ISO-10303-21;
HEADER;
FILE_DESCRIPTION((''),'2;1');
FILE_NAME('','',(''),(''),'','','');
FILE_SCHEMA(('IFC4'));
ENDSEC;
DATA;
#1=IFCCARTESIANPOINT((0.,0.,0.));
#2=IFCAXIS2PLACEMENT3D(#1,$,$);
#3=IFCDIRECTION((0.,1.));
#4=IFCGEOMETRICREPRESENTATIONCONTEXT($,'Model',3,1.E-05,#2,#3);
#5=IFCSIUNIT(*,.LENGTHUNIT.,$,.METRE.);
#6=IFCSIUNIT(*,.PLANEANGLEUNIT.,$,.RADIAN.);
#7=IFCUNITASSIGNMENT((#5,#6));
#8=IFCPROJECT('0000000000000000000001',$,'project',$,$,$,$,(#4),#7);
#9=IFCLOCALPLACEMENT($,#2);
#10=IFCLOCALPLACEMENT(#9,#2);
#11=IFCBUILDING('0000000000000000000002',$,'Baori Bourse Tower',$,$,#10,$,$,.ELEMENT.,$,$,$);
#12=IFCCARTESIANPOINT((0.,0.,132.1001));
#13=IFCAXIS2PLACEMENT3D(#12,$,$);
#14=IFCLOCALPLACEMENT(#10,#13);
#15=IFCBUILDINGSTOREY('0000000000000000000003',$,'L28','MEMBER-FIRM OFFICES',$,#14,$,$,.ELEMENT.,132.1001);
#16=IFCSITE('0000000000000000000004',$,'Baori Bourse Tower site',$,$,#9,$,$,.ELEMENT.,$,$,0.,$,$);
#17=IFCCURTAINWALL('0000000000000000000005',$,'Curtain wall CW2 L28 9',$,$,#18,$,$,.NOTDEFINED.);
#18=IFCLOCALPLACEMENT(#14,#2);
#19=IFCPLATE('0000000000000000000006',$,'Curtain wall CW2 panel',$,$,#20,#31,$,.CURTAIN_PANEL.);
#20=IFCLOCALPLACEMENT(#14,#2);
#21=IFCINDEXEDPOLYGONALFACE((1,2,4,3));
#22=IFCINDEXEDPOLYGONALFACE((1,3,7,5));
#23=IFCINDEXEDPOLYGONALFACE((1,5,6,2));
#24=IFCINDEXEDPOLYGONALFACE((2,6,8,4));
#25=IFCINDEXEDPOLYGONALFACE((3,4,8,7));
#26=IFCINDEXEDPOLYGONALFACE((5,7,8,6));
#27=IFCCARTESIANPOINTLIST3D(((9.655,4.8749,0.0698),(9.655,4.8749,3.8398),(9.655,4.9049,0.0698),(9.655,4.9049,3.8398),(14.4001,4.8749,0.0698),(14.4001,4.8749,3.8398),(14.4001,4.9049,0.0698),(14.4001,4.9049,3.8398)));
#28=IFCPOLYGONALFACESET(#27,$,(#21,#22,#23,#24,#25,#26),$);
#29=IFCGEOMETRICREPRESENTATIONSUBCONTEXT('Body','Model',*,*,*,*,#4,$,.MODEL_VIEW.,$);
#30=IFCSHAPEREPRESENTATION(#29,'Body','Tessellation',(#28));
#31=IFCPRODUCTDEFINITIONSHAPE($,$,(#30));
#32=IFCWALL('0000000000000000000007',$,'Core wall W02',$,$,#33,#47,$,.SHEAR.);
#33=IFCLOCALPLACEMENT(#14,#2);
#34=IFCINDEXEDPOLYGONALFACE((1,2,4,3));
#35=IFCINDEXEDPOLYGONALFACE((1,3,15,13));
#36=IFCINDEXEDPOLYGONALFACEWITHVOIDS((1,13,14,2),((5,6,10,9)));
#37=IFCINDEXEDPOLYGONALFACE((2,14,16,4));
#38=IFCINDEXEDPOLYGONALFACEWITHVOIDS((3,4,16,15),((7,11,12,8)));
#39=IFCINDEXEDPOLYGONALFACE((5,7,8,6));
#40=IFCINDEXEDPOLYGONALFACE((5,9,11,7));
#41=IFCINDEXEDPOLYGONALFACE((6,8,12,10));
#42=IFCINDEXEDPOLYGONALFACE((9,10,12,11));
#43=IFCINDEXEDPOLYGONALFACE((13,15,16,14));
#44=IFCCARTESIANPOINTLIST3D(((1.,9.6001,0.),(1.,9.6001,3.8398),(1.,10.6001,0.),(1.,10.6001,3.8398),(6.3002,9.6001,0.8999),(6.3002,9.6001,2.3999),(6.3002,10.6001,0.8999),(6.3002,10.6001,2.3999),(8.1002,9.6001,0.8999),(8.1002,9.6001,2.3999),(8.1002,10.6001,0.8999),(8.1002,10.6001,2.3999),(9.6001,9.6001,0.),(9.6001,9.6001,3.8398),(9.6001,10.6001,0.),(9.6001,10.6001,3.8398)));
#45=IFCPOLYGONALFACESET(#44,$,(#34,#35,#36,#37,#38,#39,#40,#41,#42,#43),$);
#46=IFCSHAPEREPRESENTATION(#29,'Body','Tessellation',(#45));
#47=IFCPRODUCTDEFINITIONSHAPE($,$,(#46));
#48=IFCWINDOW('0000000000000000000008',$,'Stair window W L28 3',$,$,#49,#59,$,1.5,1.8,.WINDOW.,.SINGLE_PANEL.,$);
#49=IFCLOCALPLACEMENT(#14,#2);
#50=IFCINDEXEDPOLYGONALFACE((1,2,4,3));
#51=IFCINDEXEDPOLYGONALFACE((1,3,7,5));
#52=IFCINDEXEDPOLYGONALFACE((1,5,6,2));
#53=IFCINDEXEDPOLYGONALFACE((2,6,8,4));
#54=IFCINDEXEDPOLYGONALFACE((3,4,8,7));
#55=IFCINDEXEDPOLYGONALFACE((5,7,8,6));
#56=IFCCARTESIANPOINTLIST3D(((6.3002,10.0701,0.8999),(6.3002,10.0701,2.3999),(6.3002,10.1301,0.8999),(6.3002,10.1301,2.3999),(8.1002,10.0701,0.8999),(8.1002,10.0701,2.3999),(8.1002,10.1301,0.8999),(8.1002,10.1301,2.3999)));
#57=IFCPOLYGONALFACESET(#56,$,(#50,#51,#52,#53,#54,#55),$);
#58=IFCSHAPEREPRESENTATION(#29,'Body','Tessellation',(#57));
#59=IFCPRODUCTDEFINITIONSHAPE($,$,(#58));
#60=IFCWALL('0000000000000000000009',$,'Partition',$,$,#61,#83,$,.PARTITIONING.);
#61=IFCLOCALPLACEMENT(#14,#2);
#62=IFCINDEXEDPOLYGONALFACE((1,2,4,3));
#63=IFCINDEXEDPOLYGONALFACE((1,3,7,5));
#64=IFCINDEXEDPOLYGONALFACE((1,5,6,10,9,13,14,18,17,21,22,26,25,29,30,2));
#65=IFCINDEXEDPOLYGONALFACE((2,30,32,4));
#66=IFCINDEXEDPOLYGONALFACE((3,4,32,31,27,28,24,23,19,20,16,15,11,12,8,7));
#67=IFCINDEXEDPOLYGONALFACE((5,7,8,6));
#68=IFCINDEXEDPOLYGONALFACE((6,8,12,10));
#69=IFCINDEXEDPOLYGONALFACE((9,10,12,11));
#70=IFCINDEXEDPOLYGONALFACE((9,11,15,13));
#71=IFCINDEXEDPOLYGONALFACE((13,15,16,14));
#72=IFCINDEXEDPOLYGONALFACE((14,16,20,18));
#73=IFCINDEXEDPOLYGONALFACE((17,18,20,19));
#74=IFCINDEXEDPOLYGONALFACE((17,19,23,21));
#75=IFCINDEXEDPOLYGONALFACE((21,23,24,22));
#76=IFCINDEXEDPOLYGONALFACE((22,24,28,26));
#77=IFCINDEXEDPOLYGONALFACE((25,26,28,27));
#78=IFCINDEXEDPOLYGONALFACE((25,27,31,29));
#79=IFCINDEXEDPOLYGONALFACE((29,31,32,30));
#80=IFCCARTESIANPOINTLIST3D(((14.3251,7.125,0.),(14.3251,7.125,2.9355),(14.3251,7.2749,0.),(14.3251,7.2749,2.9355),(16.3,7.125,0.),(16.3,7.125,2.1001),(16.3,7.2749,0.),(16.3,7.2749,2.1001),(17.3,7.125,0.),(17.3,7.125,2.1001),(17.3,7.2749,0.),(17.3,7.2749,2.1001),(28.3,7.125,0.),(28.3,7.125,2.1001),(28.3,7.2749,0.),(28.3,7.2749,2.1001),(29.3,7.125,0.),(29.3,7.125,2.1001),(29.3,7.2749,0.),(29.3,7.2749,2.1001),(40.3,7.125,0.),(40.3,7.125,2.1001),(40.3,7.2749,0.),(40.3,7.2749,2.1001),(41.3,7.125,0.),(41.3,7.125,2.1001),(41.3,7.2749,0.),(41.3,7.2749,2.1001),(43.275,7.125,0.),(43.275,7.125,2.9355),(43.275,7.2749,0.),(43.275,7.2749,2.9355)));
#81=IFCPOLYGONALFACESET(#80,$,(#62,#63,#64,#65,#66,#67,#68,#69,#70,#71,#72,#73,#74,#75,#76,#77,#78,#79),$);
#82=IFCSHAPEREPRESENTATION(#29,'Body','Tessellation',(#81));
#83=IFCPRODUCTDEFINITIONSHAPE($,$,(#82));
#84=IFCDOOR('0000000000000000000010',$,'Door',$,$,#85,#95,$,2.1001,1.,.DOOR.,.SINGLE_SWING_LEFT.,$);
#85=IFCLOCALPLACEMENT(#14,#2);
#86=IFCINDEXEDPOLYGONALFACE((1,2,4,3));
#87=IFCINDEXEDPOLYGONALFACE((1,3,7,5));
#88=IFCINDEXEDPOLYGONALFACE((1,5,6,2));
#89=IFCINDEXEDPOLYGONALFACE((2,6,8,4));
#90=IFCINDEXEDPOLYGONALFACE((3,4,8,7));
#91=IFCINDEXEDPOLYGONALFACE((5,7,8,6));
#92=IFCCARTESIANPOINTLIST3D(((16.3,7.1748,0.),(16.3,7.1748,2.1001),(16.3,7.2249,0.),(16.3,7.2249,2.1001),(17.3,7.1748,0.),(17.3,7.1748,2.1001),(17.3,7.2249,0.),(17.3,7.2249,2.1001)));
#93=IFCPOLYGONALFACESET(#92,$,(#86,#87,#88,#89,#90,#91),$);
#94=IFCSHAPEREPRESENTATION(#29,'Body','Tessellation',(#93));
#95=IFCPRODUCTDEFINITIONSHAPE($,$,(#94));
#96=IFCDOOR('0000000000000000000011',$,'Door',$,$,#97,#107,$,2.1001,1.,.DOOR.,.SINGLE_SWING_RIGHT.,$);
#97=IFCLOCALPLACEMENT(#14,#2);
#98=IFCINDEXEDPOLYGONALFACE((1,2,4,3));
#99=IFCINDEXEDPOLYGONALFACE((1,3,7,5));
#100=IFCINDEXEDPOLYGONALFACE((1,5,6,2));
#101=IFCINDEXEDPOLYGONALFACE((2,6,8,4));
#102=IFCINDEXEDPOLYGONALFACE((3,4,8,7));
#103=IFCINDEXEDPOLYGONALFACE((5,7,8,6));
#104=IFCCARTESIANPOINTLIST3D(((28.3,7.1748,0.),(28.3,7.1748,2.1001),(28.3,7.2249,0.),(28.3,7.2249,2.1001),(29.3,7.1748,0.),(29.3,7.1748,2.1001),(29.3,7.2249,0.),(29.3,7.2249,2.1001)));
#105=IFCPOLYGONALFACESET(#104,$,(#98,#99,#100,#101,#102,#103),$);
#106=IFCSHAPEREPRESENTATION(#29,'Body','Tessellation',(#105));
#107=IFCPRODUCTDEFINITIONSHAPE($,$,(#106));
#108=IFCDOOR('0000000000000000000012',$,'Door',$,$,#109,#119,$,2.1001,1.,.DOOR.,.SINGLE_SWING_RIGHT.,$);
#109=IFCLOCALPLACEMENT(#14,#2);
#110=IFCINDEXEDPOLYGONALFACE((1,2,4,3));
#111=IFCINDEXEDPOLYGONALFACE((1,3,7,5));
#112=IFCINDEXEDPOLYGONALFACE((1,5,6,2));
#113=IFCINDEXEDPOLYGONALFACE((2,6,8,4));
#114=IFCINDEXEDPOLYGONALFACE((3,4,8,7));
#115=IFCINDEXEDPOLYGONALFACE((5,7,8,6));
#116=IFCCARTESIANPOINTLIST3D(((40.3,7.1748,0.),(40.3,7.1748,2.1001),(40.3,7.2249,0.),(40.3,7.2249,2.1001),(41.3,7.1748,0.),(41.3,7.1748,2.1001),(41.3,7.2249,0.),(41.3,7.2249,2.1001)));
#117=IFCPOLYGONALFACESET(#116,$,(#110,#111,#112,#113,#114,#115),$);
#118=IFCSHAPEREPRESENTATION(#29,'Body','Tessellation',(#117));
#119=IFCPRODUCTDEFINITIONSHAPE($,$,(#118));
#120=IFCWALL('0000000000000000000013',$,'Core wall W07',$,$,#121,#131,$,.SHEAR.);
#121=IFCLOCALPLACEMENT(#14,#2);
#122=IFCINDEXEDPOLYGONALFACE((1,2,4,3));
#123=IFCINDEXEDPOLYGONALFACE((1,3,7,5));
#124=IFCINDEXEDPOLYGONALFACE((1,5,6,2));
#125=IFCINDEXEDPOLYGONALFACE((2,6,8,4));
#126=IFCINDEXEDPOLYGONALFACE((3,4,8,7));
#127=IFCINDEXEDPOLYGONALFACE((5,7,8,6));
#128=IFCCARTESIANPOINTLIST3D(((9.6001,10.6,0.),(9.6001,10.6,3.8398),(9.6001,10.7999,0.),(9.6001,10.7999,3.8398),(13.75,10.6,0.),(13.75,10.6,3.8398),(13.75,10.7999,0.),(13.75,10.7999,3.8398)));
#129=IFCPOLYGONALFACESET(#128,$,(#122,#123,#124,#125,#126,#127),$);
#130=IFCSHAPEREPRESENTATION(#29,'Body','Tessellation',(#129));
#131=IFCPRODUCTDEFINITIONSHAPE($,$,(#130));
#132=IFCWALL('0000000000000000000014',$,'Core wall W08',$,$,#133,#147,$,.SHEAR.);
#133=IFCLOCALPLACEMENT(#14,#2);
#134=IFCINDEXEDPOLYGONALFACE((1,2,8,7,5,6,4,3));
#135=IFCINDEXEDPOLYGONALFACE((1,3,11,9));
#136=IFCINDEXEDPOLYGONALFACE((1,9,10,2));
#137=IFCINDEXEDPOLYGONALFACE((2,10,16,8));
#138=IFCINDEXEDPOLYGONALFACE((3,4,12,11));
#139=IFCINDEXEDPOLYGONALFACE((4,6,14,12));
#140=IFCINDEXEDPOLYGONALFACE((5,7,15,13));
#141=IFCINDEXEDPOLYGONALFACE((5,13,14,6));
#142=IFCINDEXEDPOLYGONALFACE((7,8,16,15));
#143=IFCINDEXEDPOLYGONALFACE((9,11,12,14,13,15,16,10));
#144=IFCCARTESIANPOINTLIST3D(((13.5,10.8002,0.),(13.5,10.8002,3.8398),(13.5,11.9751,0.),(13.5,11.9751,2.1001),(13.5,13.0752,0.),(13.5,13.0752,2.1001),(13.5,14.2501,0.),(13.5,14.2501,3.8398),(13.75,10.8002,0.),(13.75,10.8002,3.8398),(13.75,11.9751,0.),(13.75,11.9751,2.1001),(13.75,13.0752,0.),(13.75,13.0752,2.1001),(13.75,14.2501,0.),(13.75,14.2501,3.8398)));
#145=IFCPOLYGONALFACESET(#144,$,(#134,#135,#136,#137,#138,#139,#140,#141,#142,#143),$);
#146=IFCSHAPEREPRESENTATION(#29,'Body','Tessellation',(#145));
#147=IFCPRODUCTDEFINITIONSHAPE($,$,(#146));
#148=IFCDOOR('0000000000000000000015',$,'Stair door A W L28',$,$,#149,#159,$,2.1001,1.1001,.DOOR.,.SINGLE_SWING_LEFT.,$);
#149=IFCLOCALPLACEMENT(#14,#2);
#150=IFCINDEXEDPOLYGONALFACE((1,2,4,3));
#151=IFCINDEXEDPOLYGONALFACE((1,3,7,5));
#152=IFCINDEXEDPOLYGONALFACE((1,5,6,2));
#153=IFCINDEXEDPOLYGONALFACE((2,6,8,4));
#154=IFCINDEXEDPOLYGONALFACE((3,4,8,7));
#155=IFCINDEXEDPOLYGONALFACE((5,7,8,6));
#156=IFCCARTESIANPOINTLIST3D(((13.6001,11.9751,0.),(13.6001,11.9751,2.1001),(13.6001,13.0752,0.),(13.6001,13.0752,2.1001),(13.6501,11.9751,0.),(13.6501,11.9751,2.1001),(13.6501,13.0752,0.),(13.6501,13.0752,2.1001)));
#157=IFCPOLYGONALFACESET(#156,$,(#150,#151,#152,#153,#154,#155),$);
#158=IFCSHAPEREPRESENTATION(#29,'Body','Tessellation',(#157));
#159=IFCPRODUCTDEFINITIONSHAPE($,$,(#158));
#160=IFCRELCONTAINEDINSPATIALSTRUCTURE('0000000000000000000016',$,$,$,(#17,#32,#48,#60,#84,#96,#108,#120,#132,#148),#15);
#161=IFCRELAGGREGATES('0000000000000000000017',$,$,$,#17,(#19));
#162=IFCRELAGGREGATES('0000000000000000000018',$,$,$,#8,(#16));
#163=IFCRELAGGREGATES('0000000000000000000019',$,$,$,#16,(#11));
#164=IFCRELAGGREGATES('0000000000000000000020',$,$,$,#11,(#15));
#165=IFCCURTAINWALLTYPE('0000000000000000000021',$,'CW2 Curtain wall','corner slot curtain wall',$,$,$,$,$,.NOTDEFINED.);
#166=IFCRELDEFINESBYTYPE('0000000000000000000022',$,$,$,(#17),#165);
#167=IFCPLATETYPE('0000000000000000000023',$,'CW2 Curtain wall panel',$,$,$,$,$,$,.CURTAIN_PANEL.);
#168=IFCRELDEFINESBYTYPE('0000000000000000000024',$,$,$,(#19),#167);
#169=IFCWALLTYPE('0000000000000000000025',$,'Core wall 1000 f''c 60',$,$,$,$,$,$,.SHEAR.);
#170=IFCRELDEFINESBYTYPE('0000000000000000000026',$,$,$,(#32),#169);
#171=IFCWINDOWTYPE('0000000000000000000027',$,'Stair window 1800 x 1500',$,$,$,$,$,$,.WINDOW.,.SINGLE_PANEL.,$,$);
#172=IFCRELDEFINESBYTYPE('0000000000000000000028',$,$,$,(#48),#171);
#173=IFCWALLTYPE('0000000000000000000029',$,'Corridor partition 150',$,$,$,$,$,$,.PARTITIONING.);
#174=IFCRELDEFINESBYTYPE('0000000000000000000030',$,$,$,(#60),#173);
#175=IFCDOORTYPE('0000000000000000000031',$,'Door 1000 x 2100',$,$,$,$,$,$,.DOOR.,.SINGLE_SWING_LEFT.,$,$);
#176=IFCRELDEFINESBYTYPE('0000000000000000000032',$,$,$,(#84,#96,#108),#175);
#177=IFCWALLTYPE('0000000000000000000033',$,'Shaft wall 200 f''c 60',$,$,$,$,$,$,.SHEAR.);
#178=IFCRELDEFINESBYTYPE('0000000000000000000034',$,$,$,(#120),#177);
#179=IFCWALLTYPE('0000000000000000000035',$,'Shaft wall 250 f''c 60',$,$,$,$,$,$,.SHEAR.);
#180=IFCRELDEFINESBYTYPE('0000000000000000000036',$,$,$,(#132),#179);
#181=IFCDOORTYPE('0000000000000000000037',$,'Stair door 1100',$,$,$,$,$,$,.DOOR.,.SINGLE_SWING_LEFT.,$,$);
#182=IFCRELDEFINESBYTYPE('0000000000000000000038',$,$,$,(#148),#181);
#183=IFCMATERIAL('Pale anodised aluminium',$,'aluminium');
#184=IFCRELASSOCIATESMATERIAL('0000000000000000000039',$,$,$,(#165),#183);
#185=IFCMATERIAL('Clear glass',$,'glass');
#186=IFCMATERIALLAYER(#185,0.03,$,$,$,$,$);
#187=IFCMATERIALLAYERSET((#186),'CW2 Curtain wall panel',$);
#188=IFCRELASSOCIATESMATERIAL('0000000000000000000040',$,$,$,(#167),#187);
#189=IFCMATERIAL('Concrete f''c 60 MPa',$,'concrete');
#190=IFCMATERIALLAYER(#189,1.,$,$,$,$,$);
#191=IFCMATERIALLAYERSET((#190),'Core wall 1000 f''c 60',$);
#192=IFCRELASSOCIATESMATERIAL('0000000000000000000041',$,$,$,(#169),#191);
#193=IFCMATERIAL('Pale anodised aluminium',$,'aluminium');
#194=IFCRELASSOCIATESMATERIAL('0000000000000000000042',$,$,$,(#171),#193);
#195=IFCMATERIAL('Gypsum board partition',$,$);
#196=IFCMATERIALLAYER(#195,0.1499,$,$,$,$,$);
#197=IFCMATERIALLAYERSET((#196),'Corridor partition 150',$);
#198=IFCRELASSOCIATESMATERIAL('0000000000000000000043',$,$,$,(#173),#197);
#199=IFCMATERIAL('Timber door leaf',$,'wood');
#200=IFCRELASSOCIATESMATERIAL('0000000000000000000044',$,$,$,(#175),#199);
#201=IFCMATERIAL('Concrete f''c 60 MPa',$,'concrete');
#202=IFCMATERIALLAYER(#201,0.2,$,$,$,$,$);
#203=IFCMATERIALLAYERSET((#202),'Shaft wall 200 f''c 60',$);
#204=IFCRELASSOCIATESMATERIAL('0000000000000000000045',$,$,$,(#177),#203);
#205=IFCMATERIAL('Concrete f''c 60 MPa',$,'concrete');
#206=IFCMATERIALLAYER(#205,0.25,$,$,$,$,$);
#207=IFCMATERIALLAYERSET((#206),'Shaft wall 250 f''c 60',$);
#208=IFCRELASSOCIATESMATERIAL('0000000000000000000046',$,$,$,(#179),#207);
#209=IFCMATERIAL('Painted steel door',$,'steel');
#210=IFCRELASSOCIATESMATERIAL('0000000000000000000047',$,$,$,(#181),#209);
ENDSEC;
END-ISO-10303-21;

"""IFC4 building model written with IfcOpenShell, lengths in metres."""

from ifc_helpers import new_model, si_unit, direction, frame, frame_2d, origin, origin_2d, place, context, subcontext, project, spatial, rectangle, extrude, material, layer, layer_set, type_object, element, fill, aggregate, save


model = new_model("IFC4")

# Units and contexts
model_context = context("Model", 3, precision=1e-05, world=origin(), true_north=direction((0.0, 1.0)))
body_context = subcontext(model_context, "Body", "Model", "MODEL_VIEW")
ifc_project = project(units=[si_unit("LENGTHUNIT", "METRE"), si_unit("PLANEANGLEUNIT", "RADIAN")], contexts=[model_context])

# Site, building, storey
site_placement = place(None, origin())
site = spatial("IfcSite", under=ifc_project, at=site_placement, Name="Baori Bourse Tower site", CompositionType="ELEMENT", RefElevation=0.0)
building_placement = place(site_placement, origin())
building = spatial("IfcBuilding", under=site, at=building_placement, Name="Baori Bourse Tower", CompositionType="ELEMENT")
storey_placement = place(building_placement, frame((0.0, 0.0, 132.1001)))
storey = spatial("IfcBuildingStorey", under=building, at=storey_placement, Name="L28", Description="MEMBER-FIRM OFFICES", CompositionType="ELEMENT", Elevation=132.1001)

# Curtain wall
ifc_material_1 = material(Name="Pale anodised aluminium", Category="aluminium")
curtain_wall_type = type_object("IfcCurtainWallType", Name="CW2 Curtain wall", Description="corner slot curtain wall", PredefinedType="NOTDEFINED", material=ifc_material_1)
curtain_wall_1_placement = place(storey_placement, origin())
curtain_wall_1 = element("IfcCurtainWall", 1, at=curtain_wall_1_placement, inside=storey, type_object=curtain_wall_type, Name="Curtain wall CW2 L28 9", PredefinedType="NOTDEFINED")

# Plate
ifc_material_2 = material(Name="Clear glass", Category="glass")
ifc_layer_1 = layer(ifc_material_2, 0.03)
ifc_layer_set_1 = layer_set([ifc_layer_1], Name="CW2 Curtain wall panel")
plate_type = type_object("IfcPlateType", Name="CW2 Curtain wall panel", PredefinedType="CURTAIN_PANEL", material=ifc_layer_set_1)
plate_1_placement = place(storey_placement, frame((12.0276, 4.8899, 0.0698), z_axis=(0.0, 0.0, 1.0), x_axis=(1.0, 0.0, 0.0)))
plate_1 = element("IfcPlate", 2, at=plate_1_placement, type_object=plate_type, Name="Curtain wall CW2 panel", PredefinedType="CURTAIN_PANEL", context=body_context, shape_type="SweptSolid", body=[
    extrude(rectangle(XDim=4.7451, YDim=0.03, at=origin_2d()), origin(), (0.0, 0.0, 1.0), 3.77),
])
aggregate(curtain_wall_1, [plate_1])

# Wall, opening, window
ifc_material_3 = material(Name="Concrete f'c 60 MPa", Category="concrete")
ifc_layer_2 = layer(ifc_material_3, 1.0)
ifc_layer_set_2 = layer_set([ifc_layer_2], Name="Core wall 1000 f'c 60")
wall_type_1 = type_object("IfcWallType", Name="Core wall 1000 f'c 60", PredefinedType="SHEAR", material=ifc_layer_set_2)
wall_1_placement = place(storey_placement, frame((9.6001, 10.1001, 0.0), z_axis=(0.0, 0.0, 1.0), x_axis=(-1.0, 0.0, 0.0)))
wall_1 = element("IfcWall", 3, at=wall_1_placement, inside=storey, type_object=wall_type_1, Name="Core wall W02", PredefinedType="SHEAR", context=body_context, shape_type="SweptSolid", body=[
    extrude(rectangle(XDim=8.6001, YDim=1.0, at=frame_2d((4.3, 0.0))), origin(), (0.0, 0.0, 1.0), 3.8398),
])
opening_1_placement = place(wall_1_placement, frame((1.5, 0.0, 0.8999)))
opening_1 = element("IfcOpeningElement", 4, at=opening_1_placement, cuts=wall_1, PredefinedType="OPENING", context=body_context, shape_type="SweptSolid", body=[
    extrude(rectangle(XDim=1.8, YDim=1.5, at=frame_2d((0.8999, 0.75))), frame((0.0, 0.51, 0.0), z_axis=(0.0, -1.0, 0.0), x_axis=(1.0, 0.0, 0.0)), (0.0, 0.0, 1.0), 1.02),
])
ifc_material_4 = material(Name="Pale anodised aluminium", Category="aluminium")
window_type = type_object("IfcWindowType", Name="Stair window 1800 x 1500", PartitioningType="SINGLE_PANEL", PredefinedType="WINDOW", material=ifc_material_4)
window_placement = place(opening_1_placement, origin())
window = element("IfcWindow", 5, at=window_placement, inside=storey, type_object=window_type, Name="Stair window W L28 3", OverallHeight=1.5, OverallWidth=1.8, PartitioningType="SINGLE_PANEL", PredefinedType="WINDOW", context=body_context, shape_type="SweptSolid", body=[
    extrude(rectangle(XDim=1.8, YDim=1.5, at=frame_2d((0.8999, 0.75))), frame((0.0, 0.03, 0.0), z_axis=(0.0, -1.0, 0.0), x_axis=(1.0, 0.0, 0.0)), (0.0, 0.0, 1.0), 0.0601),
])
fill(opening_1, window)

# Wall, openings, doors
ifc_material_5 = material(Name="Gypsum board partition")
ifc_layer_3 = layer(ifc_material_5, 0.1499)
ifc_layer_set_3 = layer_set([ifc_layer_3], Name="Corridor partition 150")
wall_type_2 = type_object("IfcWallType", Name="Corridor partition 150", PredefinedType="PARTITIONING", material=ifc_layer_set_3)
wall_2_placement = place(storey_placement, frame((14.325, 7.2, 0.0), z_axis=(0.0, 0.0, 1.0), x_axis=(1.0, 0.0, 0.0)))
wall_2 = element("IfcWall", 6, at=wall_2_placement, inside=storey, type_object=wall_type_2, Name="Partition", PredefinedType="PARTITIONING", context=body_context, shape_type="SweptSolid", body=[
    extrude(rectangle(XDim=28.95, YDim=0.1499, at=frame_2d((14.4751, 0.0))), origin(), (0.0, 0.0, 1.0), 2.9355),
])
opening_2_placement = place(wall_2_placement, frame((1.9751, 0.0, 0.0)))
opening_2 = element("IfcOpeningElement", 7, at=opening_2_placement, cuts=wall_2, PredefinedType="OPENING", context=body_context, shape_type="SweptSolid", body=[
    extrude(rectangle(XDim=1.0, YDim=2.1001, at=frame_2d((0.5, 1.05))), frame((0.0, 0.085, 0.0), z_axis=(0.0, -1.0, 0.0), x_axis=(1.0, 0.0, 0.0)), (0.0, 0.0, 1.0), 0.1699),
])
opening_3_placement = place(wall_2_placement, frame((13.9751, 0.0, 0.0)))
opening_3 = element("IfcOpeningElement", 8, at=opening_3_placement, cuts=wall_2, PredefinedType="OPENING", context=body_context, shape_type="SweptSolid", body=[
    extrude(rectangle(XDim=1.0, YDim=2.1001, at=frame_2d((0.5, 1.05))), frame((0.0, 0.085, 0.0), z_axis=(0.0, -1.0, 0.0), x_axis=(1.0, 0.0, 0.0)), (0.0, 0.0, 1.0), 0.1699),
])
opening_4_placement = place(wall_2_placement, frame((25.9751, 0.0, 0.0)))
opening_4 = element("IfcOpeningElement", 9, at=opening_4_placement, cuts=wall_2, PredefinedType="OPENING", context=body_context, shape_type="SweptSolid", body=[
    extrude(rectangle(XDim=1.0, YDim=2.1001, at=frame_2d((0.5, 1.05))), frame((0.0, 0.085, 0.0), z_axis=(0.0, -1.0, 0.0), x_axis=(1.0, 0.0, 0.0)), (0.0, 0.0, 1.0), 0.1699),
])
ifc_material_6 = material(Name="Timber door leaf", Category="wood")
door_type_1 = type_object("IfcDoorType", Name="Door 1000 x 2100", OperationType="SINGLE_SWING_LEFT", PredefinedType="DOOR", material=ifc_material_6)
door_1_placement = place(opening_2_placement, origin())
door_1 = element("IfcDoor", 10, at=door_1_placement, inside=storey, type_object=door_type_1, Name="Door", OperationType="SINGLE_SWING_LEFT", OverallHeight=2.1001, OverallWidth=1.0, PredefinedType="DOOR", context=body_context, shape_type="SweptSolid", body=[
    extrude(rectangle(XDim=1.0, YDim=2.1001, at=frame_2d((0.5, 1.05))), frame((0.0, 0.0249, 0.0), z_axis=(0.0, -1.0, 0.0), x_axis=(1.0, 0.0, 0.0)), (0.0, 0.0, 1.0), 0.05),
])
fill(opening_2, door_1)
door_2_placement = place(opening_3_placement, origin())
door_2 = element("IfcDoor", 11, at=door_2_placement, inside=storey, type_object=door_type_1, Name="Door", OperationType="SINGLE_SWING_RIGHT", OverallHeight=2.1001, OverallWidth=1.0, PredefinedType="DOOR", context=body_context, shape_type="SweptSolid", body=[
    extrude(rectangle(XDim=1.0, YDim=2.1001, at=frame_2d((0.5, 1.05))), frame((0.0, 0.0249, 0.0), z_axis=(0.0, -1.0, 0.0), x_axis=(1.0, 0.0, 0.0)), (0.0, 0.0, 1.0), 0.05),
])
fill(opening_3, door_2)
door_3_placement = place(opening_4_placement, origin())
door_3 = element("IfcDoor", 12, at=door_3_placement, inside=storey, type_object=door_type_1, Name="Door", OperationType="SINGLE_SWING_RIGHT", OverallHeight=2.1001, OverallWidth=1.0, PredefinedType="DOOR", context=body_context, shape_type="SweptSolid", body=[
    extrude(rectangle(XDim=1.0, YDim=2.1001, at=frame_2d((0.5, 1.05))), frame((0.0, 0.0249, 0.0), z_axis=(0.0, -1.0, 0.0), x_axis=(1.0, 0.0, 0.0)), (0.0, 0.0, 1.0), 0.05),
])
fill(opening_4, door_3)

# Wall
ifc_material_7 = material(Name="Concrete f'c 60 MPa", Category="concrete")
ifc_layer_4 = layer(ifc_material_7, 0.2)
ifc_layer_set_4 = layer_set([ifc_layer_4], Name="Shaft wall 200 f'c 60")
wall_type_3 = type_object("IfcWallType", Name="Shaft wall 200 f'c 60", PredefinedType="SHEAR", material=ifc_layer_set_4)
wall_3_placement = place(storey_placement, frame((9.6001, 10.7, 0.0), z_axis=(0.0, 0.0, 1.0), x_axis=(1.0, 0.0, 0.0)))
element("IfcWall", 13, at=wall_3_placement, inside=storey, type_object=wall_type_3, Name="Core wall W07", PredefinedType="SHEAR", context=body_context, shape_type="SweptSolid", body=[
    extrude(rectangle(XDim=4.1499, YDim=0.2, at=frame_2d((2.075, 0.0))), origin(), (0.0, 0.0, 1.0), 3.8398),
])

# Wall, opening, door
ifc_material_8 = material(Name="Concrete f'c 60 MPa", Category="concrete")
ifc_layer_5 = layer(ifc_material_8, 0.25)
ifc_layer_set_5 = layer_set([ifc_layer_5], Name="Shaft wall 250 f'c 60")
wall_type_4 = type_object("IfcWallType", Name="Shaft wall 250 f'c 60", PredefinedType="SHEAR", material=ifc_layer_set_5)
wall_4_placement = place(storey_placement, frame((13.625, 10.8, 0.0), z_axis=(0.0, 0.0, 1.0), x_axis=(0.0, 1.0, 0.0)))
wall_4 = element("IfcWall", 14, at=wall_4_placement, inside=storey, type_object=wall_type_4, Name="Core wall W08", PredefinedType="SHEAR", context=body_context, shape_type="SweptSolid", body=[
    extrude(rectangle(XDim=3.45, YDim=0.25, at=frame_2d((1.7251, 0.0))), origin(), (0.0, 0.0, 1.0), 3.8398),
])
opening_5_placement = place(wall_4_placement, frame((1.175, 0.0, 0.0)))
opening_5 = element("IfcOpeningElement", 15, at=opening_5_placement, cuts=wall_4, PredefinedType="OPENING", context=body_context, shape_type="SweptSolid", body=[
    extrude(rectangle(XDim=1.1001, YDim=2.1001, at=frame_2d((0.55, 1.05))), frame((0.0, 0.135, 0.0), z_axis=(0.0, -1.0, 0.0), x_axis=(1.0, 0.0, 0.0)), (0.0, 0.0, 1.0), 0.27),
])
ifc_material_9 = material(Name="Painted steel door", Category="steel")
door_type_2 = type_object("IfcDoorType", Name="Stair door 1100", OperationType="SINGLE_SWING_LEFT", PredefinedType="DOOR", material=ifc_material_9)
door_4_placement = place(opening_5_placement, origin())
door_4 = element("IfcDoor", 16, at=door_4_placement, inside=storey, type_object=door_type_2, Name="Stair door A W L28", OperationType="SINGLE_SWING_LEFT", OverallHeight=2.1001, OverallWidth=1.1001, PredefinedType="DOOR", context=body_context, shape_type="SweptSolid", body=[
    extrude(rectangle(XDim=1.1001, YDim=2.1001, at=frame_2d((0.55, 1.05))), frame((0.0, 0.0249, 0.0), z_axis=(0.0, -1.0, 0.0), x_axis=(1.0, 0.0, 0.0)), (0.0, 0.0, 1.0), 0.05),
])
fill(opening_5, door_4)

save(model, "model.ifc")
